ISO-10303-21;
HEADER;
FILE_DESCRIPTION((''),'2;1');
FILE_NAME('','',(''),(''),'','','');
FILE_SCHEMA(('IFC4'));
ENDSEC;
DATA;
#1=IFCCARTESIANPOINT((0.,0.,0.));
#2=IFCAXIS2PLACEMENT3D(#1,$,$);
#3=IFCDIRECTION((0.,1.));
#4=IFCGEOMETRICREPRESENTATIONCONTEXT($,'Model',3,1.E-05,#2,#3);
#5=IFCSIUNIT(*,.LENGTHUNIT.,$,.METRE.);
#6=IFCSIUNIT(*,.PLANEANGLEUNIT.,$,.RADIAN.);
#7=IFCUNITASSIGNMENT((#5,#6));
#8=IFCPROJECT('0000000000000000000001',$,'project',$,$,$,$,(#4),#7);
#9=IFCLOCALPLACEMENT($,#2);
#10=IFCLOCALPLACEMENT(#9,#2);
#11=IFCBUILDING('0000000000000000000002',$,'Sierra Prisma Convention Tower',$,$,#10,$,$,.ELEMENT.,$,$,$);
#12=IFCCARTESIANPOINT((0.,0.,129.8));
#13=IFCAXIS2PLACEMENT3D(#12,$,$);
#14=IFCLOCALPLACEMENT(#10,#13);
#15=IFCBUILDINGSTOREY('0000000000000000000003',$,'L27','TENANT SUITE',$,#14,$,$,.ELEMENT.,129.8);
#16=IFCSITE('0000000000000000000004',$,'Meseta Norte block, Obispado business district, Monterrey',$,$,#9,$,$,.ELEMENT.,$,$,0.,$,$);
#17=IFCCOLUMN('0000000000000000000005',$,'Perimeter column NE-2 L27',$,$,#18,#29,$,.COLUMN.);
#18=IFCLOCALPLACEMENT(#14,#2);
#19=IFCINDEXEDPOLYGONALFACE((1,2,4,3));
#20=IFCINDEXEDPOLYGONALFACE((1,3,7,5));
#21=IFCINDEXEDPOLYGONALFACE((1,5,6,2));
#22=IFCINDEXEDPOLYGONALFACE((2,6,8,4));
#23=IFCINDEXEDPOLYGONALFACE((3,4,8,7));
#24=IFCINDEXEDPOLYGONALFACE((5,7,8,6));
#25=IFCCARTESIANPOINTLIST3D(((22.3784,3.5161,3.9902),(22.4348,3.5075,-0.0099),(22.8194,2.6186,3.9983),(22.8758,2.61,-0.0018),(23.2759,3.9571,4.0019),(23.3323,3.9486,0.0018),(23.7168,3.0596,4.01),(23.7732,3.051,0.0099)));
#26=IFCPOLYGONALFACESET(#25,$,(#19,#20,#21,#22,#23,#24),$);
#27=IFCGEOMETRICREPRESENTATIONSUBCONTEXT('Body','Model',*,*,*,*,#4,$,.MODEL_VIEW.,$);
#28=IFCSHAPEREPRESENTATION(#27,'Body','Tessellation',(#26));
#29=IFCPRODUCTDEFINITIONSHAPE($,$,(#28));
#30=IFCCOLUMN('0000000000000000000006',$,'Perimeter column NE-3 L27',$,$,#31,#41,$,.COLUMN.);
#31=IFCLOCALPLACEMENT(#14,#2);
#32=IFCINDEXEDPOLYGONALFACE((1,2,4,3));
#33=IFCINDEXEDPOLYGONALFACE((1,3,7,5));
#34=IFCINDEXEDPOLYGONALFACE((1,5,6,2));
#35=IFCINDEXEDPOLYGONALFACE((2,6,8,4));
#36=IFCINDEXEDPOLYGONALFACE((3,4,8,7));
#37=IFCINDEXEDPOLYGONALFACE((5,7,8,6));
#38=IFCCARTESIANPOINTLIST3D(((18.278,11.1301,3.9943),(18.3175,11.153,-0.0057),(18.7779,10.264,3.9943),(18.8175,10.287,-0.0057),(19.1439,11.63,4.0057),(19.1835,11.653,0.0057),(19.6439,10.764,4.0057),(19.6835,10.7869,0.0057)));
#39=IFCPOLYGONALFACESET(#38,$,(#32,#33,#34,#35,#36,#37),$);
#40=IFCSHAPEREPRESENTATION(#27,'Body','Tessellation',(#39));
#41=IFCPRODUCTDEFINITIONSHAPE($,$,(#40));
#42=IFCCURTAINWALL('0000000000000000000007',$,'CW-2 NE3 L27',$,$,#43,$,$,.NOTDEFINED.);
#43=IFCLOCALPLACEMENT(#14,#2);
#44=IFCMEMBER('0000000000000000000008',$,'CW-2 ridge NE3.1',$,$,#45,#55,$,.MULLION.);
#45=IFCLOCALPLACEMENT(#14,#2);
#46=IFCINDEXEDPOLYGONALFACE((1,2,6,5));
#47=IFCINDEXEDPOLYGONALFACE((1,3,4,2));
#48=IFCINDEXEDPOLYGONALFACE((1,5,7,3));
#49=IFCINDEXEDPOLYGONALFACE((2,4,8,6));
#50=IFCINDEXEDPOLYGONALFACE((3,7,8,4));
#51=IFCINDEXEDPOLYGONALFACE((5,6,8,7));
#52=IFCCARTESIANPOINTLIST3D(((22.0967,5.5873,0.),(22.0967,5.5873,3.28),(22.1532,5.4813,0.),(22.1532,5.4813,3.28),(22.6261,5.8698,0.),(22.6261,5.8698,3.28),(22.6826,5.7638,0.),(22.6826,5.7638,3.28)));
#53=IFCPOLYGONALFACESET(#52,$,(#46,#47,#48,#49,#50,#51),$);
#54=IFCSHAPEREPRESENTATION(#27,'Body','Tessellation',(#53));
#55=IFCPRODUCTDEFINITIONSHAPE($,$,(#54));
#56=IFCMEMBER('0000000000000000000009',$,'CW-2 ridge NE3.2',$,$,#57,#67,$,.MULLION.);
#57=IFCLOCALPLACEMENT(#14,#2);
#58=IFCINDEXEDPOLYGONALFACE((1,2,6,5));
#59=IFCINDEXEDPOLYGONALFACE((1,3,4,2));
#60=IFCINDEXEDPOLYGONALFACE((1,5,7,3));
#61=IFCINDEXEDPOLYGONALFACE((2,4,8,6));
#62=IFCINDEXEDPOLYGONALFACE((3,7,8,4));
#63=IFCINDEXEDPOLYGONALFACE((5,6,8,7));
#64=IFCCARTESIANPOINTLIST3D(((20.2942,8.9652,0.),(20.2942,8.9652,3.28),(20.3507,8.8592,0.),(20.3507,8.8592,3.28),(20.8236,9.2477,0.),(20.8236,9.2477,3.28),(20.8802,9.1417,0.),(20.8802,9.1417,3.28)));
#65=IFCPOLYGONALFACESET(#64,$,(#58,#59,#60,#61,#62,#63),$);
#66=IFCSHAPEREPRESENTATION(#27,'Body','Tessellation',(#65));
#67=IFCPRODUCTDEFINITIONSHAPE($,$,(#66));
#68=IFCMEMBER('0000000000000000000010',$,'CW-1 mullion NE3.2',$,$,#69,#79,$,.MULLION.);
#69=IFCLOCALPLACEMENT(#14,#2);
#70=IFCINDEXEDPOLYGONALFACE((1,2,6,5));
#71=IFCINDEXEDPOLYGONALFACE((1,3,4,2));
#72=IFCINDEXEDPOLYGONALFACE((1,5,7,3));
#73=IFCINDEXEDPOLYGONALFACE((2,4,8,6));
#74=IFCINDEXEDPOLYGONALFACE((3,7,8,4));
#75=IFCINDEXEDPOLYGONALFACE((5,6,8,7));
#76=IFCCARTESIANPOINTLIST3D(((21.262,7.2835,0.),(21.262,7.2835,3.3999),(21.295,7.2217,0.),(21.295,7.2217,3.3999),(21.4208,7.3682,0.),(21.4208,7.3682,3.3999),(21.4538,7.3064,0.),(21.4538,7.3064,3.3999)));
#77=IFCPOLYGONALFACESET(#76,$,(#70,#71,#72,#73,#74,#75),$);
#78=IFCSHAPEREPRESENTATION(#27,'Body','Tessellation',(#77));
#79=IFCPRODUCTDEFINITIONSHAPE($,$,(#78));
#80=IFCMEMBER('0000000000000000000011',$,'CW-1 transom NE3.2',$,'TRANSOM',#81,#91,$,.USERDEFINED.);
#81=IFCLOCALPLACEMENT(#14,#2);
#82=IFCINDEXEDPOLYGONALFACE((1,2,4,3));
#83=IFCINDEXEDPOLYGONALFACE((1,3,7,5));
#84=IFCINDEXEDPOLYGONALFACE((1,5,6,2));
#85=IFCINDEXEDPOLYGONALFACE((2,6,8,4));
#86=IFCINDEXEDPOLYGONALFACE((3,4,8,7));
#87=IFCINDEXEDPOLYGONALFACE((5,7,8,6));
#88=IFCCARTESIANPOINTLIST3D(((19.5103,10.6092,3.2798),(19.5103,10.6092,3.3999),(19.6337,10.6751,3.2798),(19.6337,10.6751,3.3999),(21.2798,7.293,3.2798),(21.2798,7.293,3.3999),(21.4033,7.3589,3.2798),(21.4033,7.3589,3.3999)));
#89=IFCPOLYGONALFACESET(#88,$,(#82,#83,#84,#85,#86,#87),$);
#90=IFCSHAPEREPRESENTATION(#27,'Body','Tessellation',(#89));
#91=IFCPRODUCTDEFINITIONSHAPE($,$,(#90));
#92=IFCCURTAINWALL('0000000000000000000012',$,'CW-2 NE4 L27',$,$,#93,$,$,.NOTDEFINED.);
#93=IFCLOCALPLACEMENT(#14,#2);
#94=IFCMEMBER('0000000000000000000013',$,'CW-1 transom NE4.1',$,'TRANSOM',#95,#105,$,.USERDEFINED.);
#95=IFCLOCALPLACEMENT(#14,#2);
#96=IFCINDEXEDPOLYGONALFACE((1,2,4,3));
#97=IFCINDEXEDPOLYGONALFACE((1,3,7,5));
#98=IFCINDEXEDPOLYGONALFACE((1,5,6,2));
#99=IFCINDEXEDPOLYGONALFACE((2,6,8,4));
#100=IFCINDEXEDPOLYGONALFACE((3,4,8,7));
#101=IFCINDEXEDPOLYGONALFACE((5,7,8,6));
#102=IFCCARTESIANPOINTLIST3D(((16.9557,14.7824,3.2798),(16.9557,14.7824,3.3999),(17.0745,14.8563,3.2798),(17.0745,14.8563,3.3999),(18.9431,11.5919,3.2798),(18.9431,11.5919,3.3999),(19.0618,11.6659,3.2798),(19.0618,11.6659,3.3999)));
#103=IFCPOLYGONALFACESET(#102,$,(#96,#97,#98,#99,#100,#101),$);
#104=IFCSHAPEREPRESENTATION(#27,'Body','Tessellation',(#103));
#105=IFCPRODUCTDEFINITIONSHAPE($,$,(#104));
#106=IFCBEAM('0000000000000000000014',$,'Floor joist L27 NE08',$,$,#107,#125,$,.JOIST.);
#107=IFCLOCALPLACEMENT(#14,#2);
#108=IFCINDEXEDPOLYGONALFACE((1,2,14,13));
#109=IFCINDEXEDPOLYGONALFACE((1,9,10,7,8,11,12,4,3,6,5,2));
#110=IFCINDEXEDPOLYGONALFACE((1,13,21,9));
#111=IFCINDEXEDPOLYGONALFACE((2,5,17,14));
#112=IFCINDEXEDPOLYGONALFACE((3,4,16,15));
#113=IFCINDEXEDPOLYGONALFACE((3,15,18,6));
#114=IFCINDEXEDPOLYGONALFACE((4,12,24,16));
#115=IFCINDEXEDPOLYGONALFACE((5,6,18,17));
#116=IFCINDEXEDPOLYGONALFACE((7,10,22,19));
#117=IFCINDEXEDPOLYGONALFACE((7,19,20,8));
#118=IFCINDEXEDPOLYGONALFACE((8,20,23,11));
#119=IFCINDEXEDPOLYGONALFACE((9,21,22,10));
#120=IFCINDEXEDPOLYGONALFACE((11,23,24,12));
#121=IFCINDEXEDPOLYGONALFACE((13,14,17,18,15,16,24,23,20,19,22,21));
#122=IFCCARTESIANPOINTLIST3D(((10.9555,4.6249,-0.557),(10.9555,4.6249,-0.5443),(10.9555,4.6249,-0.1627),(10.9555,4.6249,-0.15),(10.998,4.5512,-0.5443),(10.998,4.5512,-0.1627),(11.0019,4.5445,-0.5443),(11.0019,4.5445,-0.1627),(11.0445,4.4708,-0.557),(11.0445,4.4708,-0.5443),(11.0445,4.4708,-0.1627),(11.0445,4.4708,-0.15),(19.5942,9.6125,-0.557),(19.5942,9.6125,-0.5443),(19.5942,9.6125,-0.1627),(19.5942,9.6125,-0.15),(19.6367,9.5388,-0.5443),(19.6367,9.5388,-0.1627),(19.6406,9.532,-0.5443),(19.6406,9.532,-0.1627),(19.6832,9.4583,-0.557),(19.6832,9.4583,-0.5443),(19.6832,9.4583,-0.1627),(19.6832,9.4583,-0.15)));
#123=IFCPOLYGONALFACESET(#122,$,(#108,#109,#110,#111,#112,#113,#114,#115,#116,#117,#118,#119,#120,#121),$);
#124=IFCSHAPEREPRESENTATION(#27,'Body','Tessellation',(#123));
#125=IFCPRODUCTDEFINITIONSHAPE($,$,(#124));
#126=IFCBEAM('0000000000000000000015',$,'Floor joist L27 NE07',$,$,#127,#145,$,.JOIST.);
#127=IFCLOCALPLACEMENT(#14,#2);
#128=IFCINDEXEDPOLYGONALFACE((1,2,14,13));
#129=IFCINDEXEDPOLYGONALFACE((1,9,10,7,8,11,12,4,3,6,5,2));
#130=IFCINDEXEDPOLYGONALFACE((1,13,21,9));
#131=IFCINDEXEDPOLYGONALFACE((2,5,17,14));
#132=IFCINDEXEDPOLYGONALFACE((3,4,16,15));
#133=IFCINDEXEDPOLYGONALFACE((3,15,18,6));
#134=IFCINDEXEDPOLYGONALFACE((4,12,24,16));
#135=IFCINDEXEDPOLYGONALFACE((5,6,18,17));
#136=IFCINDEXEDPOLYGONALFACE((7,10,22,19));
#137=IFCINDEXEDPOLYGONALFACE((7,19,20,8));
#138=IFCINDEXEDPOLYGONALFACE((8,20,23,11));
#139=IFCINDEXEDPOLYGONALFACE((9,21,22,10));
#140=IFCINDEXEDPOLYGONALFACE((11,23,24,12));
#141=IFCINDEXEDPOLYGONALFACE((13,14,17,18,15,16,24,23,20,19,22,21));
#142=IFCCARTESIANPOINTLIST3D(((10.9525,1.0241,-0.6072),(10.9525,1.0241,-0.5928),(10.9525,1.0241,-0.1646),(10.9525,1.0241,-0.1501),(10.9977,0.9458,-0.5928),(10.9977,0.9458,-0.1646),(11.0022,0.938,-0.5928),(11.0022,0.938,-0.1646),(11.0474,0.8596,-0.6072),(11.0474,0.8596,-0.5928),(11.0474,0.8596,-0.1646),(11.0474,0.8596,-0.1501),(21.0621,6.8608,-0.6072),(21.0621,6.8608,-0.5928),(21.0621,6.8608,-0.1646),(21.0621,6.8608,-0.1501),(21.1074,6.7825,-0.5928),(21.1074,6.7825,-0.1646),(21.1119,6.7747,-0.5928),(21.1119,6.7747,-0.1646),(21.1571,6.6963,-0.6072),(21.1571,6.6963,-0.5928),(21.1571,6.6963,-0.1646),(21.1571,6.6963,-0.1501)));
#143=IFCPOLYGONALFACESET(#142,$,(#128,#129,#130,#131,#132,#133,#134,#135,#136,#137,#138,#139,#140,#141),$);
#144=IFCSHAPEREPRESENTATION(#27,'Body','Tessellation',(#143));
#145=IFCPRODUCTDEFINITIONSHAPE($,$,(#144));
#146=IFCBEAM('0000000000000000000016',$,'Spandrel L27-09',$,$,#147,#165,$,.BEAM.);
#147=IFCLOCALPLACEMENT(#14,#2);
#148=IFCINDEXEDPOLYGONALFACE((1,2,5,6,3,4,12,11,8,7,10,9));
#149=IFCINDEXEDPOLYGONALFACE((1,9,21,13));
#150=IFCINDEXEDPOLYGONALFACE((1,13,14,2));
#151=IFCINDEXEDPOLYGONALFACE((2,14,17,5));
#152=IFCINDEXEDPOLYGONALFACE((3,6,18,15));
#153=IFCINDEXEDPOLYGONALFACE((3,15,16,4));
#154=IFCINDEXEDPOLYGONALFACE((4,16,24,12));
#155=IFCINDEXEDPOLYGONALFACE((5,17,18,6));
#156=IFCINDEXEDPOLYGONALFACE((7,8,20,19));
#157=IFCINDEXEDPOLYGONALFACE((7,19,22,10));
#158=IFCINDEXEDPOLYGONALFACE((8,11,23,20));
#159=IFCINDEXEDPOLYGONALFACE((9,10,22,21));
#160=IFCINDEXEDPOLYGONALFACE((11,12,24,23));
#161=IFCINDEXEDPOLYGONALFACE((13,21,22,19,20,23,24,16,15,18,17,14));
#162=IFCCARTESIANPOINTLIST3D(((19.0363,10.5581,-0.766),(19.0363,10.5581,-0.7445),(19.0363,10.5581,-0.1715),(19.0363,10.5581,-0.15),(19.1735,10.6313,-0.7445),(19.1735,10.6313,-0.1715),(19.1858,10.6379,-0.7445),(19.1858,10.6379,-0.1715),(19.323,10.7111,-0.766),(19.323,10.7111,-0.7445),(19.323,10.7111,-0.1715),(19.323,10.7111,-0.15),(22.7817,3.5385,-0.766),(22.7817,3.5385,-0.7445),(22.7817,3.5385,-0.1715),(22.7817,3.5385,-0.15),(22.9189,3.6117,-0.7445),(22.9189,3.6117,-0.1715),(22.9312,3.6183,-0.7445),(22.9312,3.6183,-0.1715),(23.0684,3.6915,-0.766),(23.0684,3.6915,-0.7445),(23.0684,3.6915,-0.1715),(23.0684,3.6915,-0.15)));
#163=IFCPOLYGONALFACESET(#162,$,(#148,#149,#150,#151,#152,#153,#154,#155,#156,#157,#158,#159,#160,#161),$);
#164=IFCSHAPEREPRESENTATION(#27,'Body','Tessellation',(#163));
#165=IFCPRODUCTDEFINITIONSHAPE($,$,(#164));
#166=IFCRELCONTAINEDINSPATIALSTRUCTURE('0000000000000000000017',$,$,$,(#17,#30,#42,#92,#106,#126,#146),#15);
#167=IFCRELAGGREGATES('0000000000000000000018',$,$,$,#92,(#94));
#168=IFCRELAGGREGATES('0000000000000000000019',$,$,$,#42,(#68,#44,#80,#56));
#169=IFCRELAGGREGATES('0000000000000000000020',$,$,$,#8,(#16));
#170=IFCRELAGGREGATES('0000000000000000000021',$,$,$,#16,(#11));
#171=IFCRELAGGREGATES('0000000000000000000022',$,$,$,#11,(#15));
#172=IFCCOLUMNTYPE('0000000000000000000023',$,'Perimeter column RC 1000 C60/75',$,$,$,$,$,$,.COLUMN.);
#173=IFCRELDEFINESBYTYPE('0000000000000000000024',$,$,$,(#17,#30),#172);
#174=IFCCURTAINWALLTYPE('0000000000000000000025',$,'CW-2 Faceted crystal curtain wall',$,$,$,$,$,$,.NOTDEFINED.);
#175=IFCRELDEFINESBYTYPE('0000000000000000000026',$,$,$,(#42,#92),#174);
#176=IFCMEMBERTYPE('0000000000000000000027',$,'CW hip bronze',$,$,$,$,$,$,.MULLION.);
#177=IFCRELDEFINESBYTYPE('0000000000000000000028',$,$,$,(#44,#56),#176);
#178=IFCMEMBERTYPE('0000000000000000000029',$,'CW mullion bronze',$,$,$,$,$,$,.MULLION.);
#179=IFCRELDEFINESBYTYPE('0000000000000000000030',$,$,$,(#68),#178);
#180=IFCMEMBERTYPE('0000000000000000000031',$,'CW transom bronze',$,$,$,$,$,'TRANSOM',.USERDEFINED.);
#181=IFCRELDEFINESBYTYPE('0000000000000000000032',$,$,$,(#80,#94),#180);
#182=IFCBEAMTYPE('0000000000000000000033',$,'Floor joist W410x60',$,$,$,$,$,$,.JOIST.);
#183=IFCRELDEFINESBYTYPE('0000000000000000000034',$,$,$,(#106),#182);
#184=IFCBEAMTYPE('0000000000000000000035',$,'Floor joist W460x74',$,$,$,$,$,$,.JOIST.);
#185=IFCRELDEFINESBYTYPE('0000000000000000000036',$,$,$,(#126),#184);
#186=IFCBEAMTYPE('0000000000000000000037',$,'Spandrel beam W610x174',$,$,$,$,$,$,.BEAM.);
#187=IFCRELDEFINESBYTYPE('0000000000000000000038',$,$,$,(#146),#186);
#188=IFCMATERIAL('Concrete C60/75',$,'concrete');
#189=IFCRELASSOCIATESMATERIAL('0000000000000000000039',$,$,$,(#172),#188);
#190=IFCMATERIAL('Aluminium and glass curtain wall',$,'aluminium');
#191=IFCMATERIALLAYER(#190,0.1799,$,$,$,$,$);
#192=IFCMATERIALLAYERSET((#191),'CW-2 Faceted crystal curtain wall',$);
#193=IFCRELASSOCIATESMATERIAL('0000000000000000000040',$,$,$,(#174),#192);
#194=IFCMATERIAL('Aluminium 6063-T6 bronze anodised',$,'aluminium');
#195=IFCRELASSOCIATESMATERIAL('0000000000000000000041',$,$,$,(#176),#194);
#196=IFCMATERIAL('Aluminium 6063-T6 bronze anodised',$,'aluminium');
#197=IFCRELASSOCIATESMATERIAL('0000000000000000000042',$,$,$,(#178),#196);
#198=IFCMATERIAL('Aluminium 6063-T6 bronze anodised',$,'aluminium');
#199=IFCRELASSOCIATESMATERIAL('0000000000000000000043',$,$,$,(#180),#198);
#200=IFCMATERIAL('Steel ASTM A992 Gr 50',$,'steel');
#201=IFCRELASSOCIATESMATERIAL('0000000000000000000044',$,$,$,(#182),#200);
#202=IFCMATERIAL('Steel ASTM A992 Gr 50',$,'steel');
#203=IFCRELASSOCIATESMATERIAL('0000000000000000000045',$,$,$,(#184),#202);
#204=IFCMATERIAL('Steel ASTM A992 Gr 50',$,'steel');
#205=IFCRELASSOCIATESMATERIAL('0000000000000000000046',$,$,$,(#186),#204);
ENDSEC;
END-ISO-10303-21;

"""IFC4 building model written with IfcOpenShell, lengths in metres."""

from ifc_helpers import new_model, si_unit, direction, frame, origin, origin_2d, place, context, subcontext, project, spatial, rectangle, i_section, extrude, material, layer, layer_set, material_profile, profile_set, type_object, element, aggregate, save


model = new_model("IFC4")

# Units and contexts
model_context = context("Model", 3, precision=1e-05, world=origin(), true_north=direction((0.0, 1.0)))
body_context = subcontext(model_context, "Body", "Model", "MODEL_VIEW")
ifc_project = project(units=[si_unit("LENGTHUNIT", "METRE"), si_unit("PLANEANGLEUNIT", "RADIAN")], contexts=[model_context])

# Site, building, storey
site_placement = place(None, origin())
site = spatial("IfcSite", under=ifc_project, at=site_placement, Name="Meseta Norte block, Obispado business district, Monterrey", CompositionType="ELEMENT", RefElevation=0.0)
building_placement = place(site_placement, origin())
building = spatial("IfcBuilding", under=site, at=building_placement, Name="Sierra Prisma Convention Tower", CompositionType="ELEMENT")
storey_placement = place(building_placement, frame((0.0, 0.0, 129.8)))
storey = spatial("IfcBuildingStorey", under=building, at=storey_placement, Name="L27", Description="TENANT SUITE", CompositionType="ELEMENT", Elevation=129.8)

# Columns
ifc_material_1 = material(Name="Concrete C60/75", Category="concrete")
ifc_material_profile_1 = material_profile(ifc_material_1, rectangle(XDim=1.0, YDim=1.0, at=origin_2d()), Name="Perimeter column RC 1000 C60/75")
ifc_profile_set_1 = profile_set([ifc_material_profile_1], Name="Concrete C60/75")
column_type = type_object("IfcColumnType", Name="Perimeter column RC 1000 C60/75", PredefinedType="COLUMN", material=ifc_profile_set_1)
column_1_placement = place(storey_placement, frame((23.104, 3.2793, 0.0), z_axis=(-0.014098, 0.002136, 0.999898), x_axis=(-0.440934, 0.897503, -0.008134)))
element("IfcColumn", 1, at=column_1_placement, inside=storey, type_object=column_type, Name="Perimeter column NE-2 L27", PredefinedType="COLUMN", context=body_context, shape_type="SweptSolid", body=[
    extrude(rectangle(XDim=1.0, YDim=1.0, at=origin_2d()), origin(), (0.0, 0.0, 1.0), 4.0005),
])
column_2_placement = place(storey_placement, frame((19.0005, 10.97, 0.0), z_axis=(-0.009887, -0.005737, 0.999935), x_axis=(-0.499976, 0.86604, 0.000025)))
element("IfcColumn", 2, at=column_2_placement, inside=storey, type_object=column_type, Name="Perimeter column NE-3 L27", PredefinedType="COLUMN", context=body_context, shape_type="SweptSolid", body=[
    extrude(rectangle(XDim=1.0, YDim=1.0, at=origin_2d()), origin(), (0.0, 0.0, 1.0), 4.0002),
])

# Curtain wall, members
ifc_material_2 = material(Name="Aluminium and glass curtain wall", Category="aluminium")
ifc_layer_1 = layer(ifc_material_2, 0.1799)
ifc_layer_set_1 = layer_set([ifc_layer_1], Name="CW-2 Faceted crystal curtain wall")
curtain_wall_type = type_object("IfcCurtainWallType", Name="CW-2 Faceted crystal curtain wall", PredefinedType="NOTDEFINED", material=ifc_layer_set_1)
curtain_wall_1_placement = place(storey_placement, origin())
curtain_wall_1 = element("IfcCurtainWall", 3, at=curtain_wall_1_placement, inside=storey, type_object=curtain_wall_type, Name="CW-2 NE3 L27", PredefinedType="NOTDEFINED")
ifc_material_3 = material(Name="Aluminium 6063-T6 bronze anodised", Category="aluminium")
ifc_material_profile_2 = material_profile(ifc_material_3, rectangle(XDim=0.1201, YDim=0.6001, at=origin_2d()), Name="ALU RIDGE BLADE 120x600")
ifc_profile_set_2 = profile_set([ifc_material_profile_2], Name="Aluminium 6063-T6 bronze anodised")
member_type_1 = type_object("IfcMemberType", Name="CW hip bronze", PredefinedType="MULLION", material=ifc_profile_set_2)
member_1_placement = place(storey_placement, frame((22.3896, 5.6755, 0.0), z_axis=(0.0, 0.0, 1.0), x_axis=(-0.470752, 0.882265, 0.0)))
member_1 = element("IfcMember", 4, at=member_1_placement, type_object=member_type_1, Name="CW-2 ridge NE3.1", PredefinedType="MULLION", context=body_context, shape_type="SweptSolid", body=[
    extrude(rectangle(XDim=0.1201, YDim=0.6001, at=origin_2d()), origin(), (0.0, 0.0, 1.0), 3.28),
])
member_2_placement = place(storey_placement, frame((20.5872, 9.0535, 0.0), z_axis=(0.0, 0.0, 1.0), x_axis=(-0.470752, 0.882265, 0.0)))
member_2 = element("IfcMember", 5, at=member_2_placement, type_object=member_type_1, Name="CW-2 ridge NE3.2", PredefinedType="MULLION", context=body_context, shape_type="SweptSolid", body=[
    extrude(rectangle(XDim=0.1201, YDim=0.6001, at=origin_2d()), origin(), (0.0, 0.0, 1.0), 3.28),
])
ifc_material_4 = material(Name="Aluminium 6063-T6 bronze anodised", Category="aluminium")
ifc_material_profile_3 = material_profile(ifc_material_4, rectangle(XDim=0.1799, YDim=0.0701, at=origin_2d()), Name="ALU MULLION 70x180")
ifc_profile_set_3 = profile_set([ifc_material_profile_3], Name="Aluminium 6063-T6 bronze anodised")
member_type_2 = type_object("IfcMemberType", Name="CW mullion bronze", PredefinedType="MULLION", material=ifc_profile_set_3)
member_3_placement = place(storey_placement, frame((21.3579, 7.2949, 0.0), z_axis=(0.0, 0.0, 1.0), x_axis=(-0.882265, -0.470752, 0.0)))
member_3 = element("IfcMember", 6, at=member_3_placement, type_object=member_type_2, Name="CW-1 mullion NE3.2", PredefinedType="MULLION", context=body_context, shape_type="SweptSolid", body=[
    extrude(rectangle(XDim=0.1799, YDim=0.0701, at=origin_2d()), origin(), (0.0, 0.0, 1.0), 3.3999),
])
ifc_material_5 = material(Name="Aluminium 6063-T6 bronze anodised", Category="aluminium")
ifc_material_profile_4 = material_profile(ifc_material_5, rectangle(XDim=0.1399, YDim=0.1201, at=origin_2d()), Name="ALU TRANSOM 120x140")
ifc_profile_set_4 = profile_set([ifc_material_profile_4], Name="Aluminium 6063-T6 bronze anodised")
member_type_3 = type_object("IfcMemberType", Name="CW transom bronze", ElementType="TRANSOM", PredefinedType="USERDEFINED", material=ifc_profile_set_4)
member_4_placement = place(storey_placement, frame((21.3416, 7.3259, 3.3398), z_axis=(-0.470777, 0.882252, 0.0), x_axis=(-0.882252, -0.470777, 0.0)))
member_4 = element("IfcMember", 7, at=member_4_placement, type_object=member_type_3, Name="CW-1 transom NE3.2", ObjectType="TRANSOM", PredefinedType="USERDEFINED", context=body_context, shape_type="SweptSolid", body=[
    extrude(rectangle(XDim=0.1399, YDim=0.1201, at=origin_2d()), origin(), (0.0, 0.0, 1.0), 3.7588),
])

# Curtain wall, member
curtain_wall_2_placement = place(storey_placement, origin())
curtain_wall_2 = element("IfcCurtainWall", 8, at=curtain_wall_2_placement, inside=storey, type_object=curtain_wall_type, Name="CW-2 NE4 L27", PredefinedType="NOTDEFINED")
member_5_placement = place(storey_placement, frame((19.0024, 11.6289, 3.3398), z_axis=(-0.528714, 0.8488, 0.0), x_axis=(-0.8488, -0.528714, 0.0)))
member_5 = element("IfcMember", 9, at=member_5_placement, type_object=member_type_3, Name="CW-1 transom NE4.1", ObjectType="TRANSOM", PredefinedType="USERDEFINED", context=body_context, shape_type="SweptSolid", body=[
    extrude(rectangle(XDim=0.1399, YDim=0.1201, at=origin_2d()), origin(), (0.0, 0.0, 1.0), 3.7588),
])
aggregate(curtain_wall_2, [member_5])

# Beams
ifc_material_6 = material(Name="Steel ASTM A992 Gr 50", Category="steel")
ifc_material_profile_5 = material_profile(ifc_material_6, i_section(OverallWidth=0.178, OverallDepth=0.407, WebThickness=0.0078, FlangeThickness=0.0127, at=origin_2d()), Name="W410x60")
ifc_profile_set_5 = profile_set([ifc_material_profile_5], Name="Steel ASTM A992 Gr 50")
beam_type_1 = type_object("IfcBeamType", Name="Floor joist W410x60", PredefinedType="JOIST", material=ifc_profile_set_5)
beam_1_placement = place(storey_placement, frame((19.6387, 9.5354, -0.3535), z_axis=(-0.866025, -0.500001, 0.0), x_axis=(0.500001, -0.866025, 0.0)))
element("IfcBeam", 10, at=beam_1_placement, inside=storey, type_object=beam_type_1, Name="Floor joist L27 NE08", PredefinedType="JOIST", context=body_context, shape_type="SweptSolid", body=[
    extrude(i_section(OverallWidth=0.178, OverallDepth=0.407, WebThickness=0.0078, FlangeThickness=0.0127, at=origin_2d()), origin(), (0.0, 0.0, 1.0), 9.9751),
])
ifc_material_7 = material(Name="Steel ASTM A992 Gr 50", Category="steel")
ifc_material_profile_6 = material_profile(ifc_material_7, i_section(OverallWidth=0.1899, OverallDepth=0.457, WebThickness=0.009, FlangeThickness=0.0144, at=origin_2d()), Name="W460x74")
ifc_profile_set_6 = profile_set([ifc_material_profile_6], Name="Steel ASTM A992 Gr 50")
beam_type_2 = type_object("IfcBeamType", Name="Floor joist W460x74", PredefinedType="JOIST", material=ifc_profile_set_6)
beam_2_placement = place(storey_placement, frame((21.1096, 6.7786, -0.3787), z_axis=(-0.86603, -0.499992, 0.0), x_axis=(0.499992, -0.86603, 0.0)))
element("IfcBeam", 11, at=beam_2_placement, inside=storey, type_object=beam_type_2, Name="Floor joist L27 NE07", PredefinedType="JOIST", context=body_context, shape_type="SweptSolid", body=[
    extrude(i_section(OverallWidth=0.1899, OverallDepth=0.457, WebThickness=0.009, FlangeThickness=0.0144, at=origin_2d()), origin(), (0.0, 0.0, 1.0), 11.6736),
])
ifc_material_8 = material(Name="Steel ASTM A992 Gr 50", Category="steel")
ifc_material_profile_7 = material_profile(ifc_material_8, i_section(OverallWidth=0.325, OverallDepth=0.616, WebThickness=0.0139, FlangeThickness=0.0215, at=origin_2d()), Name="W610x174")
ifc_profile_set_7 = profile_set([ifc_material_profile_7], Name="Steel ASTM A992 Gr 50")
beam_type_3 = type_object("IfcBeamType", Name="Spandrel beam W610x174", PredefinedType="BEAM", material=ifc_profile_set_7)
for number, where, z_axis, x_axis, name in (
    (12, (22.925, 3.615, -0.458), (-0.470746, 0.882269, 0.0), (-0.882269, -0.470746, 0.0), "Spandrel L27-09"),
):
    element("IfcBeam", number, at=place(storey_placement, frame(where, z_axis=z_axis, x_axis=x_axis)), inside=storey, type_object=beam_type_3, Name=name, PredefinedType="BEAM", context=body_context, shape_type="SweptSolid", body=[
        extrude(i_section(OverallWidth=0.325, OverallDepth=0.616, WebThickness=0.0139, FlangeThickness=0.0215, at=origin_2d()), origin(), (0.0, 0.0, 1.0), 7.9563),
    ])

aggregate(curtain_wall_1, [member_3, member_1, member_4, member_2])

save(model, "model.ifc")
